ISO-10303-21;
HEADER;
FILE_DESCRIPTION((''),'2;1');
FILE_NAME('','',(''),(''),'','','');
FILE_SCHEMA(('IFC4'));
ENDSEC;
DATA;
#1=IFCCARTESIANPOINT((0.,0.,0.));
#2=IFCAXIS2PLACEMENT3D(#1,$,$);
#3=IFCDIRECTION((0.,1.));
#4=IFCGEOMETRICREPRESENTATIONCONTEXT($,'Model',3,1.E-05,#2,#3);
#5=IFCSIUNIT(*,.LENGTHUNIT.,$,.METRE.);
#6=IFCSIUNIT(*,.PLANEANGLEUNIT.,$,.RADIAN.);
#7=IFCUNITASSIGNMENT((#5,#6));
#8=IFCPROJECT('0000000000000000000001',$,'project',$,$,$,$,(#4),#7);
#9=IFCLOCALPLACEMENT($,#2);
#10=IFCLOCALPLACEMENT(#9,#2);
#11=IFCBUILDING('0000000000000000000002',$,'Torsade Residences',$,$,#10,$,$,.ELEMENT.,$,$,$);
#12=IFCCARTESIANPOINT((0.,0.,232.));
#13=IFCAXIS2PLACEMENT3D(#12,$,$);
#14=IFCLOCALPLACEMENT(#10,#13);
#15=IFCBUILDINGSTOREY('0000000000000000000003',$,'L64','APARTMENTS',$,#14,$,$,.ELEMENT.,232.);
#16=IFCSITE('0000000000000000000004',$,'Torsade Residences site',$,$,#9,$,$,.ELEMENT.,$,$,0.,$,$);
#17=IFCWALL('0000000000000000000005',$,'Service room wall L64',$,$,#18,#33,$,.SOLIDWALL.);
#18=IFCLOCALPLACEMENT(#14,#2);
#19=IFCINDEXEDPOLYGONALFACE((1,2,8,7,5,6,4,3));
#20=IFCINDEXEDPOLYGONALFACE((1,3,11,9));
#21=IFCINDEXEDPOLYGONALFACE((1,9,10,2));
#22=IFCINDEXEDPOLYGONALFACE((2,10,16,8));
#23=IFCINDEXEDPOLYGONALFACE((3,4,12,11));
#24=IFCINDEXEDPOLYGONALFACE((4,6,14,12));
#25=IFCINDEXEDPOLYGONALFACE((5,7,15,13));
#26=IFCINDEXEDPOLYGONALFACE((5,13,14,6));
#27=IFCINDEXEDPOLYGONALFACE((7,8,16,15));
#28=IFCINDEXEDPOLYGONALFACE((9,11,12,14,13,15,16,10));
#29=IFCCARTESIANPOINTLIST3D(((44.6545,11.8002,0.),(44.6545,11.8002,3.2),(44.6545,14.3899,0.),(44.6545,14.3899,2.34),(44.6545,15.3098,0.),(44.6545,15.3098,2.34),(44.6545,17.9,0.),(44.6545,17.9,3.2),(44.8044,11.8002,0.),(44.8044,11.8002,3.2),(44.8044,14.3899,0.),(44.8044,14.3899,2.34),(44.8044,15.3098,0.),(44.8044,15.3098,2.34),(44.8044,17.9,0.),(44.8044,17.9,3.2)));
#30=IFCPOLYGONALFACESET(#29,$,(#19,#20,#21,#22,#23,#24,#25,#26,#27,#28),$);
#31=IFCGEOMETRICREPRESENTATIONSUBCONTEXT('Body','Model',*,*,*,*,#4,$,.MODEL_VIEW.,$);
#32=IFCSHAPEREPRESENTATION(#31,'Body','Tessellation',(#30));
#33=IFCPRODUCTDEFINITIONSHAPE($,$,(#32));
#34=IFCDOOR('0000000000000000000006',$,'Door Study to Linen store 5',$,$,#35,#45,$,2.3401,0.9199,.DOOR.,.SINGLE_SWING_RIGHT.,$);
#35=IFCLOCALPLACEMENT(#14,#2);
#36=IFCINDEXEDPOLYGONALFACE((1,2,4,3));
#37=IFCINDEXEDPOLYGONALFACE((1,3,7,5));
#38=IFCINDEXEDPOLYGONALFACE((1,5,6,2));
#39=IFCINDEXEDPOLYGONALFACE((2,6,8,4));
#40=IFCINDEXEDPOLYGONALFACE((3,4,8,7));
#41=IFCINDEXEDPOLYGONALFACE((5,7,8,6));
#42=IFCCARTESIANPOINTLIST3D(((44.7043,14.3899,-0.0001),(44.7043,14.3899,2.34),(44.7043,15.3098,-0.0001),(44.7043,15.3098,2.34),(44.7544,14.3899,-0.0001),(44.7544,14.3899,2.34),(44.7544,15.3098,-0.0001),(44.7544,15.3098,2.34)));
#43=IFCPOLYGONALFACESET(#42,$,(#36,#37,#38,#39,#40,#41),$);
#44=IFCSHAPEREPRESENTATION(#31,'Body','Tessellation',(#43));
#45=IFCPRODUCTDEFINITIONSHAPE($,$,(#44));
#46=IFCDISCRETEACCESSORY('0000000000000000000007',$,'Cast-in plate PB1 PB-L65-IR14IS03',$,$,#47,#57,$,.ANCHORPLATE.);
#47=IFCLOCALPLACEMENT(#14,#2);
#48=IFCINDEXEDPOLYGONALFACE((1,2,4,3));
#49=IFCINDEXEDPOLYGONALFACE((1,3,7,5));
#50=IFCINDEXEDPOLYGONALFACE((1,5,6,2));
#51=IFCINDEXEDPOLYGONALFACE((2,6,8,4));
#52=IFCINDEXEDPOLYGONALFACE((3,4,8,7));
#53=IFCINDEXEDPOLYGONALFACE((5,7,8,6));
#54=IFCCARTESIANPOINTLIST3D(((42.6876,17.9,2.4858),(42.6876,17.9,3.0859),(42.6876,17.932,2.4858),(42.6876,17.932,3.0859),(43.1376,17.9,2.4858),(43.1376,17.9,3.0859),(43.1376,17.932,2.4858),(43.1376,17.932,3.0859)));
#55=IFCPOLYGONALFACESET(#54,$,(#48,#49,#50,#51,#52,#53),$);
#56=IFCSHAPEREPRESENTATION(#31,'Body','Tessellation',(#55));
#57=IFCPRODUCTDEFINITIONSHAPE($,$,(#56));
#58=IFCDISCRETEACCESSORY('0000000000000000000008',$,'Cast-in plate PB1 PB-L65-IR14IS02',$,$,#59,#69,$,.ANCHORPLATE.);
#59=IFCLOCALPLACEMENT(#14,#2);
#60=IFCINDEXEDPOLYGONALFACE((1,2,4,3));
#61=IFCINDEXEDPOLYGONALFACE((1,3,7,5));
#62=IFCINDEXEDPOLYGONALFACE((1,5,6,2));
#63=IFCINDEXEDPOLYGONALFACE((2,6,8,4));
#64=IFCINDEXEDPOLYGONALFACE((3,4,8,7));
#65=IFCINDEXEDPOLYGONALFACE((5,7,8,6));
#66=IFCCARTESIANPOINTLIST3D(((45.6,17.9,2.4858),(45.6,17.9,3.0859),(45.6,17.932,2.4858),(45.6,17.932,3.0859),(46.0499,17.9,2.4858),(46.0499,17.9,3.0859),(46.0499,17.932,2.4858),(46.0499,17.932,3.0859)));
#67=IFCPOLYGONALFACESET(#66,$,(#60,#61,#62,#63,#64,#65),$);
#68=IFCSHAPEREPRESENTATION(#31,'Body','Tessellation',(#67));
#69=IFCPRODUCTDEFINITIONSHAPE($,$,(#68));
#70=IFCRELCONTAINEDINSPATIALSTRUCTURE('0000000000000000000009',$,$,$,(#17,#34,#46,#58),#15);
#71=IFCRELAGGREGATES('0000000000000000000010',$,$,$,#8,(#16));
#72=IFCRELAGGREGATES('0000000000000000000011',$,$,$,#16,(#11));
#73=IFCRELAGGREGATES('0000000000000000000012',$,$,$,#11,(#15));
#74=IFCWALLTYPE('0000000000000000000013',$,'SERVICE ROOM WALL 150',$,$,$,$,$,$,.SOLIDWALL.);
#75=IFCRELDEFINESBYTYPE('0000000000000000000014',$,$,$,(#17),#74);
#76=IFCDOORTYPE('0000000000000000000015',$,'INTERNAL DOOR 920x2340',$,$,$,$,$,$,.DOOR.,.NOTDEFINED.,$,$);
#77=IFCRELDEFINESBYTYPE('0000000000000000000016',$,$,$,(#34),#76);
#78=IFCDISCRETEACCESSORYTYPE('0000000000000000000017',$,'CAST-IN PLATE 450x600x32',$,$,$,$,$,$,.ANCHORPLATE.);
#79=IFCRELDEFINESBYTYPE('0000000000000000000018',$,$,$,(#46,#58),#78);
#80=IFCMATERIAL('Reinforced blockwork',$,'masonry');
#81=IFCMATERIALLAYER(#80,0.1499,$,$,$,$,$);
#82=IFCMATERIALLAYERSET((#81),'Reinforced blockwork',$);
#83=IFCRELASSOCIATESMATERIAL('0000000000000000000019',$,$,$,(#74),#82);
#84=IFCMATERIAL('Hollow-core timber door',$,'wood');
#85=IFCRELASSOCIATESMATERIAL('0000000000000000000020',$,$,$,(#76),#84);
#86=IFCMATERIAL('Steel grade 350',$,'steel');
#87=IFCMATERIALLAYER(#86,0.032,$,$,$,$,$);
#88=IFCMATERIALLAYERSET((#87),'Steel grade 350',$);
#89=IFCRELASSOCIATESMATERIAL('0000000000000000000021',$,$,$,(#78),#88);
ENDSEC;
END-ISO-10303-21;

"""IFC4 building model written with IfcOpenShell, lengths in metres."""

from ifc_helpers import new_model, si_unit, direction, frame, frame_2d, origin, origin_2d, place, context, subcontext, project, spatial, rectangle, extrude, material, layer, layer_set, type_object, element, fill, save


model = new_model("IFC4")

# Units and contexts
model_context = context("Model", 3, precision=1e-05, world=origin(), true_north=direction((0.0, 1.0)))
body_context = subcontext(model_context, "Body", "Model", "MODEL_VIEW")
ifc_project = project(units=[si_unit("LENGTHUNIT", "METRE"), si_unit("PLANEANGLEUNIT", "RADIAN")], contexts=[model_context])

# Site, building, storey
site_placement = place(None, origin())
site = spatial("IfcSite", under=ifc_project, at=site_placement, Name="Torsade Residences site", CompositionType="ELEMENT", RefElevation=0.0)
building_placement = place(site_placement, origin())
building = spatial("IfcBuilding", under=site, at=building_placement, Name="Torsade Residences", CompositionType="ELEMENT")
storey_placement = place(building_placement, frame((0.0, 0.0, 232.0)))
storey = spatial("IfcBuildingStorey", under=building, at=storey_placement, Name="L64", Description="APARTMENTS", CompositionType="ELEMENT", Elevation=232.0)

# Shared definitions
ifc_material_1 = material(Name="Reinforced blockwork", Category="masonry")
ifc_layer_1 = layer(ifc_material_1, 0.1499)
ifc_layer_set_1 = layer_set([ifc_layer_1], Name="Reinforced blockwork")
wall_type_1 = type_object("IfcWallType", Name="SERVICE ROOM WALL 150", PredefinedType="SOLIDWALL", material=ifc_layer_set_1)

# Wall, opening, door
wall_1_placement = place(storey_placement, frame((44.7295, 17.8999, 0.0), z_axis=(0.0, 0.0, 1.0), x_axis=(0.0, -1.0, 0.0)))
wall_1 = element("IfcWall", 1, at=wall_1_placement, inside=storey, type_object=wall_type_1, Name="Service room wall L64", PredefinedType="SOLIDWALL", context=body_context, shape_type="SweptSolid", body=[
    extrude(rectangle(XDim=6.0999, YDim=0.1499, at=frame_2d((3.0498, 0.0))), origin(), (0.0, 0.0, 1.0), 3.2),
])
opening_placement = place(wall_1_placement, frame((2.5901, 0.0, 0.0)))
opening = element("IfcOpeningElement", 2, at=opening_placement, cuts=wall_1, PredefinedType="OPENING", context=body_context, shape_type="SweptSolid", body=[
    extrude(rectangle(XDim=0.9199, YDim=2.3401, at=frame_2d((0.46, 1.1699))), frame((0.0, 0.085, 0.0), z_axis=(0.0, -1.0, 0.0), x_axis=(1.0, 0.0, 0.0)), (0.0, 0.0, 1.0), 0.1699),
])
ifc_material_2 = material(Name="Hollow-core timber door", Category="wood")
door_type = type_object("IfcDoorType", Name="INTERNAL DOOR 920x2340", OperationType="NOTDEFINED", PredefinedType="DOOR", material=ifc_material_2)
door_placement = place(opening_placement, origin())
door = element("IfcDoor", 3, at=door_placement, inside=storey, type_object=door_type, Name="Door Study to Linen store 5", OperationType="SINGLE_SWING_RIGHT", OverallHeight=2.3401, OverallWidth=0.9199, PredefinedType="DOOR", context=body_context, shape_type="SweptSolid", body=[
    extrude(rectangle(XDim=0.9199, YDim=2.3401, at=frame_2d((0.46, 1.1699))), frame((0.0, 0.0249, 0.0), z_axis=(0.0, -1.0, 0.0), x_axis=(1.0, 0.0, 0.0)), (0.0, 0.0, 1.0), 0.05),
])
fill(opening, door)

# Discrete accessories
ifc_material_3 = material(Name="Steel grade 350", Category="steel")
ifc_layer_2 = layer(ifc_material_3, 0.032)
ifc_layer_set_2 = layer_set([ifc_layer_2], Name="Steel grade 350")
discrete_accessory_type = type_object("IfcDiscreteAccessoryType", Name="CAST-IN PLATE 450x600x32", PredefinedType="ANCHORPLATE", material=ifc_layer_set_2)
for number, where, z_axis, x_axis, name in (
    (4, (42.9126, 17.916, 2.4858), (0.0, 0.0, 1.0), (1.0, 0.0, 0.0), "Cast-in plate PB1 PB-L65-IR14IS03"),
    (5, (45.825, 17.916, 2.4858), (0.0, 0.0, 1.0), (1.0, 0.0, 0.0), "Cast-in plate PB1 PB-L65-IR14IS02"),
):
    element("IfcDiscreteAccessory", number, at=place(storey_placement, frame(where, z_axis=z_axis, x_axis=x_axis)), inside=storey, type_object=discrete_accessory_type, Name=name, PredefinedType="ANCHORPLATE", context=body_context, shape_type="SweptSolid", body=[
        extrude(rectangle(XDim=0.45, YDim=0.032, at=origin_2d()), origin(), (0.0, 0.0, 1.0), 0.6001),
    ])

save(model, "model.ifc")
